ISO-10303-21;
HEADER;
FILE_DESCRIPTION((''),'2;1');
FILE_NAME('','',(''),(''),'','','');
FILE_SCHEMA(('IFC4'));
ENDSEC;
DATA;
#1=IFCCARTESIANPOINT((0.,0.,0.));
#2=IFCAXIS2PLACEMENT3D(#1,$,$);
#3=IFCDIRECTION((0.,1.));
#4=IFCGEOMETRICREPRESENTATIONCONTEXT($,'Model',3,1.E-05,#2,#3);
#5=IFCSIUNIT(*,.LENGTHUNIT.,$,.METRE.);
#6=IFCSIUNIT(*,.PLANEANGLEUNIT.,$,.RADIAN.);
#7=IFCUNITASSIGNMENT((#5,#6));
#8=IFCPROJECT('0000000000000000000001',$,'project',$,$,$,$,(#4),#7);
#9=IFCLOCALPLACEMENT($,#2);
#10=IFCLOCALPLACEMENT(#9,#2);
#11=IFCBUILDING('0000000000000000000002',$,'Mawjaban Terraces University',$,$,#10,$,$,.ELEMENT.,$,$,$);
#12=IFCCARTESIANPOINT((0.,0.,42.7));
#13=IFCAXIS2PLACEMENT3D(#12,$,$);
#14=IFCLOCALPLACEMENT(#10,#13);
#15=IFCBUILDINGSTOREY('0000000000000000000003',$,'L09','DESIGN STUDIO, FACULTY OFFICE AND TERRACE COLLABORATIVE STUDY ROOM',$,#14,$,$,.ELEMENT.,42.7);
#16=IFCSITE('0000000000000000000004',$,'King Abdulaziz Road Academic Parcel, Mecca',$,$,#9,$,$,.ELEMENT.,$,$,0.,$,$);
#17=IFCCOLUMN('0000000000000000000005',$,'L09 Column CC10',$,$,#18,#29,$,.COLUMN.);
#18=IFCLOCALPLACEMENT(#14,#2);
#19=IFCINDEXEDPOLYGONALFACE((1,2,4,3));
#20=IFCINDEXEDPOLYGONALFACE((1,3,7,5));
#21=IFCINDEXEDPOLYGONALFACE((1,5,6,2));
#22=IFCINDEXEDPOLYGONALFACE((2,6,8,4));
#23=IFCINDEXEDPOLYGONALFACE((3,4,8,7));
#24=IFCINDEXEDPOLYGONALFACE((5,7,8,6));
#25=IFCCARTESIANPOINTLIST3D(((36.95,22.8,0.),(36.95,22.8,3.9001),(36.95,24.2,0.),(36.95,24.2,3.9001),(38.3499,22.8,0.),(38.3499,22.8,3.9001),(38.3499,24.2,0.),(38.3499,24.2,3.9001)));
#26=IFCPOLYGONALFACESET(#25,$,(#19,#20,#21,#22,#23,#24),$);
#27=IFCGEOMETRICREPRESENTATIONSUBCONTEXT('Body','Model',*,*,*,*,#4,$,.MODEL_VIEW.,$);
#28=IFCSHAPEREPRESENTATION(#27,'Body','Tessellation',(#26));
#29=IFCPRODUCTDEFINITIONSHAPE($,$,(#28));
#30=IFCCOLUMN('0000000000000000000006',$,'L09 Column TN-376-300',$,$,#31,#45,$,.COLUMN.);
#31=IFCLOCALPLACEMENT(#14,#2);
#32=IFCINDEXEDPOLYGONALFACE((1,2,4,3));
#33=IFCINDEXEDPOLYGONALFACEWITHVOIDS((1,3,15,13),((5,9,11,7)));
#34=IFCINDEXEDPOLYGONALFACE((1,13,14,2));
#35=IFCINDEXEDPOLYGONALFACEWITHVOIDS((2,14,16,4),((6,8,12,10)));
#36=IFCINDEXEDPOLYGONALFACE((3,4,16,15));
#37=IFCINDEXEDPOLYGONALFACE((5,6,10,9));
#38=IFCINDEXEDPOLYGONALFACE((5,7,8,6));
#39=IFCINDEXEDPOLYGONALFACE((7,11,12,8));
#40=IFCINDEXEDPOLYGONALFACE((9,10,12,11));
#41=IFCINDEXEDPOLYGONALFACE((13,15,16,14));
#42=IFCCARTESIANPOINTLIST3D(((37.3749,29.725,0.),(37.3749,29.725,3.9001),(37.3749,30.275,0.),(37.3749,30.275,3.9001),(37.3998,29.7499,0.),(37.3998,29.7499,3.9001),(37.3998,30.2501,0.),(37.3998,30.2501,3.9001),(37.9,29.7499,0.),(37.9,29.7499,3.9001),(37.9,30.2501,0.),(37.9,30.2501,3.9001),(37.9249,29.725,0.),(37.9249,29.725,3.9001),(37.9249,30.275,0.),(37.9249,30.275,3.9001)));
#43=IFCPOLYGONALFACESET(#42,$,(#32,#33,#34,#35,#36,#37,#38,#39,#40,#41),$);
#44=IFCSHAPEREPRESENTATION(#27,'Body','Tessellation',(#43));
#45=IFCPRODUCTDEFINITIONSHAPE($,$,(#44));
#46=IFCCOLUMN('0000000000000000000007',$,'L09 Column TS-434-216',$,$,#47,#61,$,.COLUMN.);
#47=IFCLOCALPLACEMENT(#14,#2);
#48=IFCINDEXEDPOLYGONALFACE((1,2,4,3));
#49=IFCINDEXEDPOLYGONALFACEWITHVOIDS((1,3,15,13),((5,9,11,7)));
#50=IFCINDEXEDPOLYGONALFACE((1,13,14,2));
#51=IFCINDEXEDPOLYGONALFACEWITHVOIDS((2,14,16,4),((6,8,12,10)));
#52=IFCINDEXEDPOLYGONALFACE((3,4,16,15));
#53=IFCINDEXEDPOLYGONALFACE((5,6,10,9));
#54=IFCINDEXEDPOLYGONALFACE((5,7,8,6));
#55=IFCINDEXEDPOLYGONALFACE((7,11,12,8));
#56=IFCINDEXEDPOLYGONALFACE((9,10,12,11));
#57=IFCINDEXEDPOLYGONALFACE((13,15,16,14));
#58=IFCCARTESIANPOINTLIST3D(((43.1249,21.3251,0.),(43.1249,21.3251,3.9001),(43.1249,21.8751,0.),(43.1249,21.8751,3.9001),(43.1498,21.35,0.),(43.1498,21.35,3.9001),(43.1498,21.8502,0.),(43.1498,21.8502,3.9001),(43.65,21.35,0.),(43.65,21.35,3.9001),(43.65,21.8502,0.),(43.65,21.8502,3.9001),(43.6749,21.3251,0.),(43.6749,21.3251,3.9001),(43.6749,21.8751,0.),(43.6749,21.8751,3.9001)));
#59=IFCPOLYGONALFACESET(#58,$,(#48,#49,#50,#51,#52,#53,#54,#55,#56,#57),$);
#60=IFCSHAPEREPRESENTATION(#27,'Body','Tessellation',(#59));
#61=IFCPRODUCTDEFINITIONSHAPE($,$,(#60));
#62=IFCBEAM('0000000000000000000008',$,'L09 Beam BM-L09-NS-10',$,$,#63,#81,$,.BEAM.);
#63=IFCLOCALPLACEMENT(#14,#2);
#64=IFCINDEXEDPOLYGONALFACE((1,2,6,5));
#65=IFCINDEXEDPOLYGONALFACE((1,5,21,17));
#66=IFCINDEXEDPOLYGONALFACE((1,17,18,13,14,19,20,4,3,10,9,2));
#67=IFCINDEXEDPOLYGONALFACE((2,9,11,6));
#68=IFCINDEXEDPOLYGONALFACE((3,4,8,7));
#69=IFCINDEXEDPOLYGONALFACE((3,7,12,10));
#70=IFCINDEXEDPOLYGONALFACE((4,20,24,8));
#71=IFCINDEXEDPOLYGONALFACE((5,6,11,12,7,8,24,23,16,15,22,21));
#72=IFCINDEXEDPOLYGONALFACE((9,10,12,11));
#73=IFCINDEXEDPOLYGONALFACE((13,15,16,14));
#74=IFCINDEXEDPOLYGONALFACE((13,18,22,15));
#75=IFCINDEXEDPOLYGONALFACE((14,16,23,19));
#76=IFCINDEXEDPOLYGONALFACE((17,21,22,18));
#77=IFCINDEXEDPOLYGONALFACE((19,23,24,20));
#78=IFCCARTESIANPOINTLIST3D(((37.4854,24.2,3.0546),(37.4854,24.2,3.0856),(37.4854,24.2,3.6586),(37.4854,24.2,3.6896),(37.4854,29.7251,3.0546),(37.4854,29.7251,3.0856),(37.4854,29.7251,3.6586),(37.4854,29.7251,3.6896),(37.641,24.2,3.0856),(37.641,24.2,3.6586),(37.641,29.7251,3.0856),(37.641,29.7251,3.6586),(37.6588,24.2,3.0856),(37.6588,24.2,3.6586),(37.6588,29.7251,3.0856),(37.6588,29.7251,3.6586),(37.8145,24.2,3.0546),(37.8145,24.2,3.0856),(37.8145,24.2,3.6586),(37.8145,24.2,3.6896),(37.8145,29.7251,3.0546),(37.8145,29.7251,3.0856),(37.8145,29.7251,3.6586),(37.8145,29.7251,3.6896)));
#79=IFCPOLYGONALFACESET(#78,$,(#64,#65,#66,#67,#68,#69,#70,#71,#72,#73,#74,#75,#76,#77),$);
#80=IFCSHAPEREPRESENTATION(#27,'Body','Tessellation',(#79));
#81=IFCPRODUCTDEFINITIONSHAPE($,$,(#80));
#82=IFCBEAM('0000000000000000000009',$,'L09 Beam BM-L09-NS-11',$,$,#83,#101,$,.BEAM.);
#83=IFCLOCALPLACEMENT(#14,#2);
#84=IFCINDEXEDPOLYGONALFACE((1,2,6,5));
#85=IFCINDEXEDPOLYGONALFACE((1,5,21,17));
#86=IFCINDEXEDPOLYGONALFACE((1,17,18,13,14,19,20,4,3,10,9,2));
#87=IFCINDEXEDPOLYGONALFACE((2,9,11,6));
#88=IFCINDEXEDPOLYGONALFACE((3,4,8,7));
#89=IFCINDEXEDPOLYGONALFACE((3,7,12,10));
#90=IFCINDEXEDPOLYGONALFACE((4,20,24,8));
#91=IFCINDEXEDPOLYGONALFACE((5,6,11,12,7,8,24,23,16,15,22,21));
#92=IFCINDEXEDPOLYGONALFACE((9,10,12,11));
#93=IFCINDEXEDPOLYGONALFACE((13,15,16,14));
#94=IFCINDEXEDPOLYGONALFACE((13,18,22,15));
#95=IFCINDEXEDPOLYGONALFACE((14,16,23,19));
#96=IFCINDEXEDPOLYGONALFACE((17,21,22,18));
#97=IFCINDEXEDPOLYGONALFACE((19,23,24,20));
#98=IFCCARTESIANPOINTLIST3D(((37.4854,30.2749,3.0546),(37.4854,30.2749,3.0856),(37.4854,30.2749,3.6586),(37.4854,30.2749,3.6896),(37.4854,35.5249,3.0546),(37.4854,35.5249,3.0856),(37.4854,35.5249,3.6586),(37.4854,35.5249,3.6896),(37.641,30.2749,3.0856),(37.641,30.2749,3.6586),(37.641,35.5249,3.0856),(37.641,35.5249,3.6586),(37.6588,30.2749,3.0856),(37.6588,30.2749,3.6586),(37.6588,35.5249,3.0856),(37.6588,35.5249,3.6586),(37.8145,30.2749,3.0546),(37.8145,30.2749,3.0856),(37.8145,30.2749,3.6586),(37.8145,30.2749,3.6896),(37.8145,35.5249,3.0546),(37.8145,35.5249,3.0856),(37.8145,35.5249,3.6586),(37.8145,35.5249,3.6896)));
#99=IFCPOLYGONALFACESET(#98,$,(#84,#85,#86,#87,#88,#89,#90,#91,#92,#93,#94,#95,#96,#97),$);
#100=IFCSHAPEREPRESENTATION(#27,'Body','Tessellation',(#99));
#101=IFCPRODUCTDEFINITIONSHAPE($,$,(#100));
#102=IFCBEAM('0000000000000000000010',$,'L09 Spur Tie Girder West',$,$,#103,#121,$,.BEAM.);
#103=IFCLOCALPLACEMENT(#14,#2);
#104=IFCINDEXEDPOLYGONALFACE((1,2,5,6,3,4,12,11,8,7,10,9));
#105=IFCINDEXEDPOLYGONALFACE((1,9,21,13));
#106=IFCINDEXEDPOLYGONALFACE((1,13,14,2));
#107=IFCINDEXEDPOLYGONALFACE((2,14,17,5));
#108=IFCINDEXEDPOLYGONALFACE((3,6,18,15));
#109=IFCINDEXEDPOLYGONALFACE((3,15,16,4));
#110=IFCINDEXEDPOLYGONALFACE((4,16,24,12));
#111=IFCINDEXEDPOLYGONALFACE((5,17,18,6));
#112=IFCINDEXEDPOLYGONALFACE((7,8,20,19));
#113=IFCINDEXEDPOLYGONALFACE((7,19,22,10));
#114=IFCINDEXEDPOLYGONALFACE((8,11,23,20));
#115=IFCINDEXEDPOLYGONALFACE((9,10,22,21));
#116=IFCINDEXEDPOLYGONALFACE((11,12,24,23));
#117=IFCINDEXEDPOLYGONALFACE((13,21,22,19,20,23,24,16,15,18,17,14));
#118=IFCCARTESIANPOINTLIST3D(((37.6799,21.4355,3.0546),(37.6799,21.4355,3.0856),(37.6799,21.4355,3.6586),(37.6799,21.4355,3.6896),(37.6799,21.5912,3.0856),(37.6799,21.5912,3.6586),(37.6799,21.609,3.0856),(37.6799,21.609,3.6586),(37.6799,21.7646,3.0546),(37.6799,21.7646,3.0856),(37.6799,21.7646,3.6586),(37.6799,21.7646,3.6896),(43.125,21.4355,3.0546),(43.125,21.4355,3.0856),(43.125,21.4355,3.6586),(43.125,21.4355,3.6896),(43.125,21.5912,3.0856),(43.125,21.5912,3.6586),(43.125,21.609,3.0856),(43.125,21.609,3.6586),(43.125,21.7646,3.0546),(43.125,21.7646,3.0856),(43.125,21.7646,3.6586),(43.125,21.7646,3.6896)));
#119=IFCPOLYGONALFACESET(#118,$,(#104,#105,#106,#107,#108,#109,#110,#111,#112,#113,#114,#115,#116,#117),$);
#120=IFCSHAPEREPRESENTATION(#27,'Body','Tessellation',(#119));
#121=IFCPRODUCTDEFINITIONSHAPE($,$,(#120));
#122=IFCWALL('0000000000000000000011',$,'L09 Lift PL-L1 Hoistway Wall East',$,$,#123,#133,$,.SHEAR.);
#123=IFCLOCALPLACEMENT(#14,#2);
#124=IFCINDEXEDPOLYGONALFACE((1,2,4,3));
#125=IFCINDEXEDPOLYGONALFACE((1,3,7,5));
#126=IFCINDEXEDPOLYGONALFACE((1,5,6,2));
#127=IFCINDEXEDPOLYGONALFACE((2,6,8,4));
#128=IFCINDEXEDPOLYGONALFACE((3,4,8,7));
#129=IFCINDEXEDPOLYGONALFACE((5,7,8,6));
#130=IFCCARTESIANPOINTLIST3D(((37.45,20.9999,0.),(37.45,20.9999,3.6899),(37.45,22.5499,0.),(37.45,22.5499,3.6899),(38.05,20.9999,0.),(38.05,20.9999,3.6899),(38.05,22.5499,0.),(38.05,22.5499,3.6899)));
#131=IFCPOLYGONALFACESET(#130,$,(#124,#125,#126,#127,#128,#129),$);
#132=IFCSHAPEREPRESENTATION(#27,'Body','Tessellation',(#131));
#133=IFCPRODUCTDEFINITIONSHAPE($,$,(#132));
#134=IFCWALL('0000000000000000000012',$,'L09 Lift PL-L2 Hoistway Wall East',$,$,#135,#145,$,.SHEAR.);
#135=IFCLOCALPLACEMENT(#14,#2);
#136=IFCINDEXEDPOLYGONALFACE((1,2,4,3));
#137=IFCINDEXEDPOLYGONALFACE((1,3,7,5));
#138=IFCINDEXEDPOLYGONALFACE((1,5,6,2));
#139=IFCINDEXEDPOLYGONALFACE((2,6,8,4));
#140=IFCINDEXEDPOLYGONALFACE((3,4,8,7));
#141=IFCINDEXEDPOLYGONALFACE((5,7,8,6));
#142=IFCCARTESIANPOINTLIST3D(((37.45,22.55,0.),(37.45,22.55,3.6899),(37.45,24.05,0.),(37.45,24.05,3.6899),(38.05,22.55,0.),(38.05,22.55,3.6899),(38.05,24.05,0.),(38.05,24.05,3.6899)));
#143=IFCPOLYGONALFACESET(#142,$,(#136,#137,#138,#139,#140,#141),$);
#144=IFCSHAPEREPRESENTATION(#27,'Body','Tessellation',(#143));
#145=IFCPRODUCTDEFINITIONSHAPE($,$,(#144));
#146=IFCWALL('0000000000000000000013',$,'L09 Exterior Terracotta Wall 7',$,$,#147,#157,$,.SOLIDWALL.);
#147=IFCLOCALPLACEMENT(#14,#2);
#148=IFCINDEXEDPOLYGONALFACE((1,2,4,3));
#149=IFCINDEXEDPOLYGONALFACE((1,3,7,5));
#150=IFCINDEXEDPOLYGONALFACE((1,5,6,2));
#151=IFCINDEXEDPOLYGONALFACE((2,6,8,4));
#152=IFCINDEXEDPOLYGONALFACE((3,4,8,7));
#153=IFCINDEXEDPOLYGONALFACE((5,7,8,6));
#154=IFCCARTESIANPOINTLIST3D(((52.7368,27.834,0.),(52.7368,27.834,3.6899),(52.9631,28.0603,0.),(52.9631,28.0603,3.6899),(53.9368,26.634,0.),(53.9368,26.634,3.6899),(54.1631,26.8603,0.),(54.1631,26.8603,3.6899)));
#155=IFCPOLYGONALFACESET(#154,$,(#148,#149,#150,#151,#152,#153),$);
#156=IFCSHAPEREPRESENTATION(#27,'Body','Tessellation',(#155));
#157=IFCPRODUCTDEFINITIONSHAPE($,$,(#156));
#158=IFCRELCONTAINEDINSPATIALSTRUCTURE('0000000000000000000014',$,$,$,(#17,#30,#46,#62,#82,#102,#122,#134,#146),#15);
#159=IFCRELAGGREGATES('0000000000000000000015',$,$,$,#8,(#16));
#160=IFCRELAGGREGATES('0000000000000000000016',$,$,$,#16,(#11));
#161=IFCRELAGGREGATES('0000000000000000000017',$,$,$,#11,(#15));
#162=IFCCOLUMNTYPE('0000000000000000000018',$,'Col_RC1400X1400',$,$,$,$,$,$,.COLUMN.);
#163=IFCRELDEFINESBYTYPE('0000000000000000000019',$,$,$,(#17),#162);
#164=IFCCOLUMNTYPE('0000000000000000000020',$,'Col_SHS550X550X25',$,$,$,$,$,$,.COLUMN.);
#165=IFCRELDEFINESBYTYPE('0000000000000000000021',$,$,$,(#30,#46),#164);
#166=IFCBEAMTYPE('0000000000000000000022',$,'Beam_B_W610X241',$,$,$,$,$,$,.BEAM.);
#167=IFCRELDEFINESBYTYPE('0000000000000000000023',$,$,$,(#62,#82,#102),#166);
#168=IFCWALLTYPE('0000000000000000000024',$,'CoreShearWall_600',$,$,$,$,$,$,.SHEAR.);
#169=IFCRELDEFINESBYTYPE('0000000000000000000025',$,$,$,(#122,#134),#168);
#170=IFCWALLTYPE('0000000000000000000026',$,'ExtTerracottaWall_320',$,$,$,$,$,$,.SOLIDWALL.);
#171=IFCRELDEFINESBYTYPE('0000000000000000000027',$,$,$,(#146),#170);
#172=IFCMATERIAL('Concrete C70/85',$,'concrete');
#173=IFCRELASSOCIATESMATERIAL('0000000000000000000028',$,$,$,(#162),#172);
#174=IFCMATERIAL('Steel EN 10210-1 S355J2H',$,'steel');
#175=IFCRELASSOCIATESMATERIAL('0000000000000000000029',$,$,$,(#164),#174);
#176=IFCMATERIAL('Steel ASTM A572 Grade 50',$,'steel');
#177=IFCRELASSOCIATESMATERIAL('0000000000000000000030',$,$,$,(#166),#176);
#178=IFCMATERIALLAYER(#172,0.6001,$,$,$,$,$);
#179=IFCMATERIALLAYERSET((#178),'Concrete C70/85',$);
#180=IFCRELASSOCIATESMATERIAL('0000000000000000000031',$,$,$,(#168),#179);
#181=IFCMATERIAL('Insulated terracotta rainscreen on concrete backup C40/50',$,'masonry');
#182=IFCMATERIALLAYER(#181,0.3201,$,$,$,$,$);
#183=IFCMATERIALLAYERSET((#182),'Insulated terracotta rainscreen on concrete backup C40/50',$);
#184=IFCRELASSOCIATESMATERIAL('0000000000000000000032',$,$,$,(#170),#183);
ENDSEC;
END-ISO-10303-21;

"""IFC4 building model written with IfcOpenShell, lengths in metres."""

from ifc_helpers import new_model, si_unit, direction, frame, frame_2d, origin, origin_2d, place, context, subcontext, project, spatial, rectangle, hollow_rectangle, i_section, extrude, material, layer, layer_set, material_profile, profile_set, type_object, element, save


model = new_model("IFC4")

# Units and contexts
model_context = context("Model", 3, precision=1e-05, world=origin(), true_north=direction((0.0, 1.0)))
body_context = subcontext(model_context, "Body", "Model", "MODEL_VIEW")
ifc_project = project(units=[si_unit("LENGTHUNIT", "METRE"), si_unit("PLANEANGLEUNIT", "RADIAN")], contexts=[model_context])

# Site, building, storey
site_placement = place(None, origin())
site = spatial("IfcSite", under=ifc_project, at=site_placement, Name="King Abdulaziz Road Academic Parcel, Mecca", CompositionType="ELEMENT", RefElevation=0.0)
building_placement = place(site_placement, origin())
building = spatial("IfcBuilding", under=site, at=building_placement, Name="Mawjaban Terraces University", CompositionType="ELEMENT")
storey_placement = place(building_placement, frame((0.0, 0.0, 42.7)))
storey = spatial("IfcBuildingStorey", under=building, at=storey_placement, Name="L09", Description="DESIGN STUDIO, FACULTY OFFICE AND TERRACE COLLABORATIVE STUDY ROOM", CompositionType="ELEMENT", Elevation=42.7)

# Columns
ifc_material_1 = material(Name="Concrete C70/85", Category="concrete")
ifc_material_profile_1 = material_profile(ifc_material_1, rectangle(XDim=1.3999, YDim=1.3999, at=origin_2d()), Name="RC1400X1400")
ifc_profile_set_1 = profile_set([ifc_material_profile_1], Name="Concrete C70/85")
column_type_1 = type_object("IfcColumnType", Name="Col_RC1400X1400", PredefinedType="COLUMN", material=ifc_profile_set_1)
column_placement = place(storey_placement, frame((37.6499, 23.5, 0.0), z_axis=(0.0, 0.0, 1.0), x_axis=(1.0, 0.0, 0.0)))
element("IfcColumn", 1, at=column_placement, inside=storey, type_object=column_type_1, Name="L09 Column CC10", PredefinedType="COLUMN", context=body_context, shape_type="SweptSolid", body=[
    extrude(rectangle(XDim=1.3999, YDim=1.3999, at=origin_2d()), origin(), (0.0, 0.0, 1.0), 3.9001),
])
ifc_material_2 = material(Name="Steel EN 10210-1 S355J2H", Category="steel")
ifc_material_profile_2 = material_profile(ifc_material_2, hollow_rectangle(XDim=0.55, YDim=0.55, WallThickness=0.0249, at=origin_2d()), Name="SHS550X550X25")
ifc_profile_set_2 = profile_set([ifc_material_profile_2], Name="Steel EN 10210-1 S355J2H")
column_type_2 = type_object("IfcColumnType", Name="Col_SHS550X550X25", PredefinedType="COLUMN", material=ifc_profile_set_2)
for number, where, z_axis, x_axis, name in (
    (2, (37.6499, 30.0, 0.0), (0.0, 0.0, 1.0), (1.0, 0.0, 0.0), "L09 Column TN-376-300"),
    (3, (43.3999, 21.6001, 0.0), (0.0, 0.0, 1.0), (1.0, 0.0, 0.0), "L09 Column TS-434-216"),
):
    element("IfcColumn", number, at=place(storey_placement, frame(where, z_axis=z_axis, x_axis=x_axis)), inside=storey, type_object=column_type_2, Name=name, PredefinedType="COLUMN", context=body_context, shape_type="SweptSolid", body=[
        extrude(hollow_rectangle(XDim=0.55, YDim=0.55, WallThickness=0.0249, at=origin_2d()), origin(), (0.0, 0.0, 1.0), 3.9001),
    ])

# Beams
ifc_material_3 = material(Name="Steel ASTM A572 Grade 50", Category="steel")
ifc_material_profile_3 = material_profile(ifc_material_3, i_section(OverallWidth=0.3291, OverallDepth=0.635, WebThickness=0.0178, FlangeThickness=0.031, at=origin_2d()), Name="W610X241")
ifc_profile_set_3 = profile_set([ifc_material_profile_3], Name="Steel ASTM A572 Grade 50")
beam_type = type_object("IfcBeamType", Name="Beam_B_W610X241", PredefinedType="BEAM", material=ifc_profile_set_3)
beam_1_placement = place(storey_placement, frame((37.6499, 24.2, 3.3721), z_axis=(0.0, 1.0, 0.0), x_axis=(-1.0, 0.0, 0.0)))
element("IfcBeam", 4, at=beam_1_placement, inside=storey, type_object=beam_type, Name="L09 Beam BM-L09-NS-10", PredefinedType="BEAM", context=body_context, shape_type="SweptSolid", body=[
    extrude(i_section(OverallWidth=0.3291, OverallDepth=0.635, WebThickness=0.0178, FlangeThickness=0.031, at=origin_2d()), origin(), (0.0, 0.0, 1.0), 5.5251),
])
beam_2_placement = place(storey_placement, frame((37.6499, 30.2749, 3.3721), z_axis=(0.0, 1.0, 0.0), x_axis=(-1.0, 0.0, 0.0)))
element("IfcBeam", 5, at=beam_2_placement, inside=storey, type_object=beam_type, Name="L09 Beam BM-L09-NS-11", PredefinedType="BEAM", context=body_context, shape_type="SweptSolid", body=[
    extrude(i_section(OverallWidth=0.3291, OverallDepth=0.635, WebThickness=0.0178, FlangeThickness=0.031, at=origin_2d()), origin(), (0.0, 0.0, 1.0), 5.25),
])
beam_3_placement = place(storey_placement, frame((37.6799, 21.6001, 3.3721), z_axis=(1.0, 0.0, 0.0), x_axis=(0.0, 1.0, 0.0)))
element("IfcBeam", 6, at=beam_3_placement, inside=storey, type_object=beam_type, Name="L09 Spur Tie Girder West", PredefinedType="BEAM", context=body_context, shape_type="SweptSolid", body=[
    extrude(i_section(OverallWidth=0.3291, OverallDepth=0.635, WebThickness=0.0178, FlangeThickness=0.031, at=origin_2d()), origin(), (0.0, 0.0, 1.0), 5.4451),
])

# Walls
ifc_layer_1 = layer(ifc_material_1, 0.6001)
ifc_layer_set_1 = layer_set([ifc_layer_1], Name="Concrete C70/85")
wall_type_1 = type_object("IfcWallType", Name="CoreShearWall_600", PredefinedType="SHEAR", material=ifc_layer_set_1)
wall_1_placement = place(storey_placement, frame((37.75, 21.0, 0.0), z_axis=(0.0, 0.0, 1.0), x_axis=(0.0, 1.0, 0.0)))
element("IfcWall", 7, at=wall_1_placement, inside=storey, type_object=wall_type_1, Name="L09 Lift PL-L1 Hoistway Wall East", PredefinedType="SHEAR", context=body_context, shape_type="SweptSolid", body=[
    extrude(rectangle(XDim=1.55, YDim=0.6001, at=frame_2d((0.7749, 0.0))), origin(), (0.0, 0.0, 1.0), 3.6899),
])
wall_2_placement = place(storey_placement, frame((37.75, 22.55, 0.0), z_axis=(0.0, 0.0, 1.0), x_axis=(0.0, 1.0, 0.0)))
element("IfcWall", 8, at=wall_2_placement, inside=storey, type_object=wall_type_1, Name="L09 Lift PL-L2 Hoistway Wall East", PredefinedType="SHEAR", context=body_context, shape_type="SweptSolid", body=[
    extrude(rectangle(XDim=1.5, YDim=0.6001, at=frame_2d((0.75, 0.0))), origin(), (0.0, 0.0, 1.0), 3.6899),
])
ifc_material_4 = material(Name="Insulated terracotta rainscreen on concrete backup C40/50", Category="masonry")
ifc_layer_2 = layer(ifc_material_4, 0.3201)
ifc_layer_set_2 = layer_set([ifc_layer_2], Name="Insulated terracotta rainscreen on concrete backup C40/50")
wall_type_2 = type_object("IfcWallType", Name="ExtTerracottaWall_320", PredefinedType="SOLIDWALL", material=ifc_layer_set_2)
wall_3_placement = place(storey_placement, frame((54.05, 26.7471, 0.0), z_axis=(0.0, 0.0, 1.0), x_axis=(-0.707107, 0.707107, 0.0)))
element("IfcWall", 9, at=wall_3_placement, inside=storey, type_object=wall_type_2, Name="L09 Exterior Terracotta Wall 7", PredefinedType="SOLIDWALL", context=body_context, shape_type="SweptSolid", body=[
    extrude(rectangle(XDim=1.697, YDim=0.3201, at=frame_2d((0.8486, 0.0))), origin(), (0.0, 0.0, 1.0), 3.6899),
])

save(model, "model.ifc")
